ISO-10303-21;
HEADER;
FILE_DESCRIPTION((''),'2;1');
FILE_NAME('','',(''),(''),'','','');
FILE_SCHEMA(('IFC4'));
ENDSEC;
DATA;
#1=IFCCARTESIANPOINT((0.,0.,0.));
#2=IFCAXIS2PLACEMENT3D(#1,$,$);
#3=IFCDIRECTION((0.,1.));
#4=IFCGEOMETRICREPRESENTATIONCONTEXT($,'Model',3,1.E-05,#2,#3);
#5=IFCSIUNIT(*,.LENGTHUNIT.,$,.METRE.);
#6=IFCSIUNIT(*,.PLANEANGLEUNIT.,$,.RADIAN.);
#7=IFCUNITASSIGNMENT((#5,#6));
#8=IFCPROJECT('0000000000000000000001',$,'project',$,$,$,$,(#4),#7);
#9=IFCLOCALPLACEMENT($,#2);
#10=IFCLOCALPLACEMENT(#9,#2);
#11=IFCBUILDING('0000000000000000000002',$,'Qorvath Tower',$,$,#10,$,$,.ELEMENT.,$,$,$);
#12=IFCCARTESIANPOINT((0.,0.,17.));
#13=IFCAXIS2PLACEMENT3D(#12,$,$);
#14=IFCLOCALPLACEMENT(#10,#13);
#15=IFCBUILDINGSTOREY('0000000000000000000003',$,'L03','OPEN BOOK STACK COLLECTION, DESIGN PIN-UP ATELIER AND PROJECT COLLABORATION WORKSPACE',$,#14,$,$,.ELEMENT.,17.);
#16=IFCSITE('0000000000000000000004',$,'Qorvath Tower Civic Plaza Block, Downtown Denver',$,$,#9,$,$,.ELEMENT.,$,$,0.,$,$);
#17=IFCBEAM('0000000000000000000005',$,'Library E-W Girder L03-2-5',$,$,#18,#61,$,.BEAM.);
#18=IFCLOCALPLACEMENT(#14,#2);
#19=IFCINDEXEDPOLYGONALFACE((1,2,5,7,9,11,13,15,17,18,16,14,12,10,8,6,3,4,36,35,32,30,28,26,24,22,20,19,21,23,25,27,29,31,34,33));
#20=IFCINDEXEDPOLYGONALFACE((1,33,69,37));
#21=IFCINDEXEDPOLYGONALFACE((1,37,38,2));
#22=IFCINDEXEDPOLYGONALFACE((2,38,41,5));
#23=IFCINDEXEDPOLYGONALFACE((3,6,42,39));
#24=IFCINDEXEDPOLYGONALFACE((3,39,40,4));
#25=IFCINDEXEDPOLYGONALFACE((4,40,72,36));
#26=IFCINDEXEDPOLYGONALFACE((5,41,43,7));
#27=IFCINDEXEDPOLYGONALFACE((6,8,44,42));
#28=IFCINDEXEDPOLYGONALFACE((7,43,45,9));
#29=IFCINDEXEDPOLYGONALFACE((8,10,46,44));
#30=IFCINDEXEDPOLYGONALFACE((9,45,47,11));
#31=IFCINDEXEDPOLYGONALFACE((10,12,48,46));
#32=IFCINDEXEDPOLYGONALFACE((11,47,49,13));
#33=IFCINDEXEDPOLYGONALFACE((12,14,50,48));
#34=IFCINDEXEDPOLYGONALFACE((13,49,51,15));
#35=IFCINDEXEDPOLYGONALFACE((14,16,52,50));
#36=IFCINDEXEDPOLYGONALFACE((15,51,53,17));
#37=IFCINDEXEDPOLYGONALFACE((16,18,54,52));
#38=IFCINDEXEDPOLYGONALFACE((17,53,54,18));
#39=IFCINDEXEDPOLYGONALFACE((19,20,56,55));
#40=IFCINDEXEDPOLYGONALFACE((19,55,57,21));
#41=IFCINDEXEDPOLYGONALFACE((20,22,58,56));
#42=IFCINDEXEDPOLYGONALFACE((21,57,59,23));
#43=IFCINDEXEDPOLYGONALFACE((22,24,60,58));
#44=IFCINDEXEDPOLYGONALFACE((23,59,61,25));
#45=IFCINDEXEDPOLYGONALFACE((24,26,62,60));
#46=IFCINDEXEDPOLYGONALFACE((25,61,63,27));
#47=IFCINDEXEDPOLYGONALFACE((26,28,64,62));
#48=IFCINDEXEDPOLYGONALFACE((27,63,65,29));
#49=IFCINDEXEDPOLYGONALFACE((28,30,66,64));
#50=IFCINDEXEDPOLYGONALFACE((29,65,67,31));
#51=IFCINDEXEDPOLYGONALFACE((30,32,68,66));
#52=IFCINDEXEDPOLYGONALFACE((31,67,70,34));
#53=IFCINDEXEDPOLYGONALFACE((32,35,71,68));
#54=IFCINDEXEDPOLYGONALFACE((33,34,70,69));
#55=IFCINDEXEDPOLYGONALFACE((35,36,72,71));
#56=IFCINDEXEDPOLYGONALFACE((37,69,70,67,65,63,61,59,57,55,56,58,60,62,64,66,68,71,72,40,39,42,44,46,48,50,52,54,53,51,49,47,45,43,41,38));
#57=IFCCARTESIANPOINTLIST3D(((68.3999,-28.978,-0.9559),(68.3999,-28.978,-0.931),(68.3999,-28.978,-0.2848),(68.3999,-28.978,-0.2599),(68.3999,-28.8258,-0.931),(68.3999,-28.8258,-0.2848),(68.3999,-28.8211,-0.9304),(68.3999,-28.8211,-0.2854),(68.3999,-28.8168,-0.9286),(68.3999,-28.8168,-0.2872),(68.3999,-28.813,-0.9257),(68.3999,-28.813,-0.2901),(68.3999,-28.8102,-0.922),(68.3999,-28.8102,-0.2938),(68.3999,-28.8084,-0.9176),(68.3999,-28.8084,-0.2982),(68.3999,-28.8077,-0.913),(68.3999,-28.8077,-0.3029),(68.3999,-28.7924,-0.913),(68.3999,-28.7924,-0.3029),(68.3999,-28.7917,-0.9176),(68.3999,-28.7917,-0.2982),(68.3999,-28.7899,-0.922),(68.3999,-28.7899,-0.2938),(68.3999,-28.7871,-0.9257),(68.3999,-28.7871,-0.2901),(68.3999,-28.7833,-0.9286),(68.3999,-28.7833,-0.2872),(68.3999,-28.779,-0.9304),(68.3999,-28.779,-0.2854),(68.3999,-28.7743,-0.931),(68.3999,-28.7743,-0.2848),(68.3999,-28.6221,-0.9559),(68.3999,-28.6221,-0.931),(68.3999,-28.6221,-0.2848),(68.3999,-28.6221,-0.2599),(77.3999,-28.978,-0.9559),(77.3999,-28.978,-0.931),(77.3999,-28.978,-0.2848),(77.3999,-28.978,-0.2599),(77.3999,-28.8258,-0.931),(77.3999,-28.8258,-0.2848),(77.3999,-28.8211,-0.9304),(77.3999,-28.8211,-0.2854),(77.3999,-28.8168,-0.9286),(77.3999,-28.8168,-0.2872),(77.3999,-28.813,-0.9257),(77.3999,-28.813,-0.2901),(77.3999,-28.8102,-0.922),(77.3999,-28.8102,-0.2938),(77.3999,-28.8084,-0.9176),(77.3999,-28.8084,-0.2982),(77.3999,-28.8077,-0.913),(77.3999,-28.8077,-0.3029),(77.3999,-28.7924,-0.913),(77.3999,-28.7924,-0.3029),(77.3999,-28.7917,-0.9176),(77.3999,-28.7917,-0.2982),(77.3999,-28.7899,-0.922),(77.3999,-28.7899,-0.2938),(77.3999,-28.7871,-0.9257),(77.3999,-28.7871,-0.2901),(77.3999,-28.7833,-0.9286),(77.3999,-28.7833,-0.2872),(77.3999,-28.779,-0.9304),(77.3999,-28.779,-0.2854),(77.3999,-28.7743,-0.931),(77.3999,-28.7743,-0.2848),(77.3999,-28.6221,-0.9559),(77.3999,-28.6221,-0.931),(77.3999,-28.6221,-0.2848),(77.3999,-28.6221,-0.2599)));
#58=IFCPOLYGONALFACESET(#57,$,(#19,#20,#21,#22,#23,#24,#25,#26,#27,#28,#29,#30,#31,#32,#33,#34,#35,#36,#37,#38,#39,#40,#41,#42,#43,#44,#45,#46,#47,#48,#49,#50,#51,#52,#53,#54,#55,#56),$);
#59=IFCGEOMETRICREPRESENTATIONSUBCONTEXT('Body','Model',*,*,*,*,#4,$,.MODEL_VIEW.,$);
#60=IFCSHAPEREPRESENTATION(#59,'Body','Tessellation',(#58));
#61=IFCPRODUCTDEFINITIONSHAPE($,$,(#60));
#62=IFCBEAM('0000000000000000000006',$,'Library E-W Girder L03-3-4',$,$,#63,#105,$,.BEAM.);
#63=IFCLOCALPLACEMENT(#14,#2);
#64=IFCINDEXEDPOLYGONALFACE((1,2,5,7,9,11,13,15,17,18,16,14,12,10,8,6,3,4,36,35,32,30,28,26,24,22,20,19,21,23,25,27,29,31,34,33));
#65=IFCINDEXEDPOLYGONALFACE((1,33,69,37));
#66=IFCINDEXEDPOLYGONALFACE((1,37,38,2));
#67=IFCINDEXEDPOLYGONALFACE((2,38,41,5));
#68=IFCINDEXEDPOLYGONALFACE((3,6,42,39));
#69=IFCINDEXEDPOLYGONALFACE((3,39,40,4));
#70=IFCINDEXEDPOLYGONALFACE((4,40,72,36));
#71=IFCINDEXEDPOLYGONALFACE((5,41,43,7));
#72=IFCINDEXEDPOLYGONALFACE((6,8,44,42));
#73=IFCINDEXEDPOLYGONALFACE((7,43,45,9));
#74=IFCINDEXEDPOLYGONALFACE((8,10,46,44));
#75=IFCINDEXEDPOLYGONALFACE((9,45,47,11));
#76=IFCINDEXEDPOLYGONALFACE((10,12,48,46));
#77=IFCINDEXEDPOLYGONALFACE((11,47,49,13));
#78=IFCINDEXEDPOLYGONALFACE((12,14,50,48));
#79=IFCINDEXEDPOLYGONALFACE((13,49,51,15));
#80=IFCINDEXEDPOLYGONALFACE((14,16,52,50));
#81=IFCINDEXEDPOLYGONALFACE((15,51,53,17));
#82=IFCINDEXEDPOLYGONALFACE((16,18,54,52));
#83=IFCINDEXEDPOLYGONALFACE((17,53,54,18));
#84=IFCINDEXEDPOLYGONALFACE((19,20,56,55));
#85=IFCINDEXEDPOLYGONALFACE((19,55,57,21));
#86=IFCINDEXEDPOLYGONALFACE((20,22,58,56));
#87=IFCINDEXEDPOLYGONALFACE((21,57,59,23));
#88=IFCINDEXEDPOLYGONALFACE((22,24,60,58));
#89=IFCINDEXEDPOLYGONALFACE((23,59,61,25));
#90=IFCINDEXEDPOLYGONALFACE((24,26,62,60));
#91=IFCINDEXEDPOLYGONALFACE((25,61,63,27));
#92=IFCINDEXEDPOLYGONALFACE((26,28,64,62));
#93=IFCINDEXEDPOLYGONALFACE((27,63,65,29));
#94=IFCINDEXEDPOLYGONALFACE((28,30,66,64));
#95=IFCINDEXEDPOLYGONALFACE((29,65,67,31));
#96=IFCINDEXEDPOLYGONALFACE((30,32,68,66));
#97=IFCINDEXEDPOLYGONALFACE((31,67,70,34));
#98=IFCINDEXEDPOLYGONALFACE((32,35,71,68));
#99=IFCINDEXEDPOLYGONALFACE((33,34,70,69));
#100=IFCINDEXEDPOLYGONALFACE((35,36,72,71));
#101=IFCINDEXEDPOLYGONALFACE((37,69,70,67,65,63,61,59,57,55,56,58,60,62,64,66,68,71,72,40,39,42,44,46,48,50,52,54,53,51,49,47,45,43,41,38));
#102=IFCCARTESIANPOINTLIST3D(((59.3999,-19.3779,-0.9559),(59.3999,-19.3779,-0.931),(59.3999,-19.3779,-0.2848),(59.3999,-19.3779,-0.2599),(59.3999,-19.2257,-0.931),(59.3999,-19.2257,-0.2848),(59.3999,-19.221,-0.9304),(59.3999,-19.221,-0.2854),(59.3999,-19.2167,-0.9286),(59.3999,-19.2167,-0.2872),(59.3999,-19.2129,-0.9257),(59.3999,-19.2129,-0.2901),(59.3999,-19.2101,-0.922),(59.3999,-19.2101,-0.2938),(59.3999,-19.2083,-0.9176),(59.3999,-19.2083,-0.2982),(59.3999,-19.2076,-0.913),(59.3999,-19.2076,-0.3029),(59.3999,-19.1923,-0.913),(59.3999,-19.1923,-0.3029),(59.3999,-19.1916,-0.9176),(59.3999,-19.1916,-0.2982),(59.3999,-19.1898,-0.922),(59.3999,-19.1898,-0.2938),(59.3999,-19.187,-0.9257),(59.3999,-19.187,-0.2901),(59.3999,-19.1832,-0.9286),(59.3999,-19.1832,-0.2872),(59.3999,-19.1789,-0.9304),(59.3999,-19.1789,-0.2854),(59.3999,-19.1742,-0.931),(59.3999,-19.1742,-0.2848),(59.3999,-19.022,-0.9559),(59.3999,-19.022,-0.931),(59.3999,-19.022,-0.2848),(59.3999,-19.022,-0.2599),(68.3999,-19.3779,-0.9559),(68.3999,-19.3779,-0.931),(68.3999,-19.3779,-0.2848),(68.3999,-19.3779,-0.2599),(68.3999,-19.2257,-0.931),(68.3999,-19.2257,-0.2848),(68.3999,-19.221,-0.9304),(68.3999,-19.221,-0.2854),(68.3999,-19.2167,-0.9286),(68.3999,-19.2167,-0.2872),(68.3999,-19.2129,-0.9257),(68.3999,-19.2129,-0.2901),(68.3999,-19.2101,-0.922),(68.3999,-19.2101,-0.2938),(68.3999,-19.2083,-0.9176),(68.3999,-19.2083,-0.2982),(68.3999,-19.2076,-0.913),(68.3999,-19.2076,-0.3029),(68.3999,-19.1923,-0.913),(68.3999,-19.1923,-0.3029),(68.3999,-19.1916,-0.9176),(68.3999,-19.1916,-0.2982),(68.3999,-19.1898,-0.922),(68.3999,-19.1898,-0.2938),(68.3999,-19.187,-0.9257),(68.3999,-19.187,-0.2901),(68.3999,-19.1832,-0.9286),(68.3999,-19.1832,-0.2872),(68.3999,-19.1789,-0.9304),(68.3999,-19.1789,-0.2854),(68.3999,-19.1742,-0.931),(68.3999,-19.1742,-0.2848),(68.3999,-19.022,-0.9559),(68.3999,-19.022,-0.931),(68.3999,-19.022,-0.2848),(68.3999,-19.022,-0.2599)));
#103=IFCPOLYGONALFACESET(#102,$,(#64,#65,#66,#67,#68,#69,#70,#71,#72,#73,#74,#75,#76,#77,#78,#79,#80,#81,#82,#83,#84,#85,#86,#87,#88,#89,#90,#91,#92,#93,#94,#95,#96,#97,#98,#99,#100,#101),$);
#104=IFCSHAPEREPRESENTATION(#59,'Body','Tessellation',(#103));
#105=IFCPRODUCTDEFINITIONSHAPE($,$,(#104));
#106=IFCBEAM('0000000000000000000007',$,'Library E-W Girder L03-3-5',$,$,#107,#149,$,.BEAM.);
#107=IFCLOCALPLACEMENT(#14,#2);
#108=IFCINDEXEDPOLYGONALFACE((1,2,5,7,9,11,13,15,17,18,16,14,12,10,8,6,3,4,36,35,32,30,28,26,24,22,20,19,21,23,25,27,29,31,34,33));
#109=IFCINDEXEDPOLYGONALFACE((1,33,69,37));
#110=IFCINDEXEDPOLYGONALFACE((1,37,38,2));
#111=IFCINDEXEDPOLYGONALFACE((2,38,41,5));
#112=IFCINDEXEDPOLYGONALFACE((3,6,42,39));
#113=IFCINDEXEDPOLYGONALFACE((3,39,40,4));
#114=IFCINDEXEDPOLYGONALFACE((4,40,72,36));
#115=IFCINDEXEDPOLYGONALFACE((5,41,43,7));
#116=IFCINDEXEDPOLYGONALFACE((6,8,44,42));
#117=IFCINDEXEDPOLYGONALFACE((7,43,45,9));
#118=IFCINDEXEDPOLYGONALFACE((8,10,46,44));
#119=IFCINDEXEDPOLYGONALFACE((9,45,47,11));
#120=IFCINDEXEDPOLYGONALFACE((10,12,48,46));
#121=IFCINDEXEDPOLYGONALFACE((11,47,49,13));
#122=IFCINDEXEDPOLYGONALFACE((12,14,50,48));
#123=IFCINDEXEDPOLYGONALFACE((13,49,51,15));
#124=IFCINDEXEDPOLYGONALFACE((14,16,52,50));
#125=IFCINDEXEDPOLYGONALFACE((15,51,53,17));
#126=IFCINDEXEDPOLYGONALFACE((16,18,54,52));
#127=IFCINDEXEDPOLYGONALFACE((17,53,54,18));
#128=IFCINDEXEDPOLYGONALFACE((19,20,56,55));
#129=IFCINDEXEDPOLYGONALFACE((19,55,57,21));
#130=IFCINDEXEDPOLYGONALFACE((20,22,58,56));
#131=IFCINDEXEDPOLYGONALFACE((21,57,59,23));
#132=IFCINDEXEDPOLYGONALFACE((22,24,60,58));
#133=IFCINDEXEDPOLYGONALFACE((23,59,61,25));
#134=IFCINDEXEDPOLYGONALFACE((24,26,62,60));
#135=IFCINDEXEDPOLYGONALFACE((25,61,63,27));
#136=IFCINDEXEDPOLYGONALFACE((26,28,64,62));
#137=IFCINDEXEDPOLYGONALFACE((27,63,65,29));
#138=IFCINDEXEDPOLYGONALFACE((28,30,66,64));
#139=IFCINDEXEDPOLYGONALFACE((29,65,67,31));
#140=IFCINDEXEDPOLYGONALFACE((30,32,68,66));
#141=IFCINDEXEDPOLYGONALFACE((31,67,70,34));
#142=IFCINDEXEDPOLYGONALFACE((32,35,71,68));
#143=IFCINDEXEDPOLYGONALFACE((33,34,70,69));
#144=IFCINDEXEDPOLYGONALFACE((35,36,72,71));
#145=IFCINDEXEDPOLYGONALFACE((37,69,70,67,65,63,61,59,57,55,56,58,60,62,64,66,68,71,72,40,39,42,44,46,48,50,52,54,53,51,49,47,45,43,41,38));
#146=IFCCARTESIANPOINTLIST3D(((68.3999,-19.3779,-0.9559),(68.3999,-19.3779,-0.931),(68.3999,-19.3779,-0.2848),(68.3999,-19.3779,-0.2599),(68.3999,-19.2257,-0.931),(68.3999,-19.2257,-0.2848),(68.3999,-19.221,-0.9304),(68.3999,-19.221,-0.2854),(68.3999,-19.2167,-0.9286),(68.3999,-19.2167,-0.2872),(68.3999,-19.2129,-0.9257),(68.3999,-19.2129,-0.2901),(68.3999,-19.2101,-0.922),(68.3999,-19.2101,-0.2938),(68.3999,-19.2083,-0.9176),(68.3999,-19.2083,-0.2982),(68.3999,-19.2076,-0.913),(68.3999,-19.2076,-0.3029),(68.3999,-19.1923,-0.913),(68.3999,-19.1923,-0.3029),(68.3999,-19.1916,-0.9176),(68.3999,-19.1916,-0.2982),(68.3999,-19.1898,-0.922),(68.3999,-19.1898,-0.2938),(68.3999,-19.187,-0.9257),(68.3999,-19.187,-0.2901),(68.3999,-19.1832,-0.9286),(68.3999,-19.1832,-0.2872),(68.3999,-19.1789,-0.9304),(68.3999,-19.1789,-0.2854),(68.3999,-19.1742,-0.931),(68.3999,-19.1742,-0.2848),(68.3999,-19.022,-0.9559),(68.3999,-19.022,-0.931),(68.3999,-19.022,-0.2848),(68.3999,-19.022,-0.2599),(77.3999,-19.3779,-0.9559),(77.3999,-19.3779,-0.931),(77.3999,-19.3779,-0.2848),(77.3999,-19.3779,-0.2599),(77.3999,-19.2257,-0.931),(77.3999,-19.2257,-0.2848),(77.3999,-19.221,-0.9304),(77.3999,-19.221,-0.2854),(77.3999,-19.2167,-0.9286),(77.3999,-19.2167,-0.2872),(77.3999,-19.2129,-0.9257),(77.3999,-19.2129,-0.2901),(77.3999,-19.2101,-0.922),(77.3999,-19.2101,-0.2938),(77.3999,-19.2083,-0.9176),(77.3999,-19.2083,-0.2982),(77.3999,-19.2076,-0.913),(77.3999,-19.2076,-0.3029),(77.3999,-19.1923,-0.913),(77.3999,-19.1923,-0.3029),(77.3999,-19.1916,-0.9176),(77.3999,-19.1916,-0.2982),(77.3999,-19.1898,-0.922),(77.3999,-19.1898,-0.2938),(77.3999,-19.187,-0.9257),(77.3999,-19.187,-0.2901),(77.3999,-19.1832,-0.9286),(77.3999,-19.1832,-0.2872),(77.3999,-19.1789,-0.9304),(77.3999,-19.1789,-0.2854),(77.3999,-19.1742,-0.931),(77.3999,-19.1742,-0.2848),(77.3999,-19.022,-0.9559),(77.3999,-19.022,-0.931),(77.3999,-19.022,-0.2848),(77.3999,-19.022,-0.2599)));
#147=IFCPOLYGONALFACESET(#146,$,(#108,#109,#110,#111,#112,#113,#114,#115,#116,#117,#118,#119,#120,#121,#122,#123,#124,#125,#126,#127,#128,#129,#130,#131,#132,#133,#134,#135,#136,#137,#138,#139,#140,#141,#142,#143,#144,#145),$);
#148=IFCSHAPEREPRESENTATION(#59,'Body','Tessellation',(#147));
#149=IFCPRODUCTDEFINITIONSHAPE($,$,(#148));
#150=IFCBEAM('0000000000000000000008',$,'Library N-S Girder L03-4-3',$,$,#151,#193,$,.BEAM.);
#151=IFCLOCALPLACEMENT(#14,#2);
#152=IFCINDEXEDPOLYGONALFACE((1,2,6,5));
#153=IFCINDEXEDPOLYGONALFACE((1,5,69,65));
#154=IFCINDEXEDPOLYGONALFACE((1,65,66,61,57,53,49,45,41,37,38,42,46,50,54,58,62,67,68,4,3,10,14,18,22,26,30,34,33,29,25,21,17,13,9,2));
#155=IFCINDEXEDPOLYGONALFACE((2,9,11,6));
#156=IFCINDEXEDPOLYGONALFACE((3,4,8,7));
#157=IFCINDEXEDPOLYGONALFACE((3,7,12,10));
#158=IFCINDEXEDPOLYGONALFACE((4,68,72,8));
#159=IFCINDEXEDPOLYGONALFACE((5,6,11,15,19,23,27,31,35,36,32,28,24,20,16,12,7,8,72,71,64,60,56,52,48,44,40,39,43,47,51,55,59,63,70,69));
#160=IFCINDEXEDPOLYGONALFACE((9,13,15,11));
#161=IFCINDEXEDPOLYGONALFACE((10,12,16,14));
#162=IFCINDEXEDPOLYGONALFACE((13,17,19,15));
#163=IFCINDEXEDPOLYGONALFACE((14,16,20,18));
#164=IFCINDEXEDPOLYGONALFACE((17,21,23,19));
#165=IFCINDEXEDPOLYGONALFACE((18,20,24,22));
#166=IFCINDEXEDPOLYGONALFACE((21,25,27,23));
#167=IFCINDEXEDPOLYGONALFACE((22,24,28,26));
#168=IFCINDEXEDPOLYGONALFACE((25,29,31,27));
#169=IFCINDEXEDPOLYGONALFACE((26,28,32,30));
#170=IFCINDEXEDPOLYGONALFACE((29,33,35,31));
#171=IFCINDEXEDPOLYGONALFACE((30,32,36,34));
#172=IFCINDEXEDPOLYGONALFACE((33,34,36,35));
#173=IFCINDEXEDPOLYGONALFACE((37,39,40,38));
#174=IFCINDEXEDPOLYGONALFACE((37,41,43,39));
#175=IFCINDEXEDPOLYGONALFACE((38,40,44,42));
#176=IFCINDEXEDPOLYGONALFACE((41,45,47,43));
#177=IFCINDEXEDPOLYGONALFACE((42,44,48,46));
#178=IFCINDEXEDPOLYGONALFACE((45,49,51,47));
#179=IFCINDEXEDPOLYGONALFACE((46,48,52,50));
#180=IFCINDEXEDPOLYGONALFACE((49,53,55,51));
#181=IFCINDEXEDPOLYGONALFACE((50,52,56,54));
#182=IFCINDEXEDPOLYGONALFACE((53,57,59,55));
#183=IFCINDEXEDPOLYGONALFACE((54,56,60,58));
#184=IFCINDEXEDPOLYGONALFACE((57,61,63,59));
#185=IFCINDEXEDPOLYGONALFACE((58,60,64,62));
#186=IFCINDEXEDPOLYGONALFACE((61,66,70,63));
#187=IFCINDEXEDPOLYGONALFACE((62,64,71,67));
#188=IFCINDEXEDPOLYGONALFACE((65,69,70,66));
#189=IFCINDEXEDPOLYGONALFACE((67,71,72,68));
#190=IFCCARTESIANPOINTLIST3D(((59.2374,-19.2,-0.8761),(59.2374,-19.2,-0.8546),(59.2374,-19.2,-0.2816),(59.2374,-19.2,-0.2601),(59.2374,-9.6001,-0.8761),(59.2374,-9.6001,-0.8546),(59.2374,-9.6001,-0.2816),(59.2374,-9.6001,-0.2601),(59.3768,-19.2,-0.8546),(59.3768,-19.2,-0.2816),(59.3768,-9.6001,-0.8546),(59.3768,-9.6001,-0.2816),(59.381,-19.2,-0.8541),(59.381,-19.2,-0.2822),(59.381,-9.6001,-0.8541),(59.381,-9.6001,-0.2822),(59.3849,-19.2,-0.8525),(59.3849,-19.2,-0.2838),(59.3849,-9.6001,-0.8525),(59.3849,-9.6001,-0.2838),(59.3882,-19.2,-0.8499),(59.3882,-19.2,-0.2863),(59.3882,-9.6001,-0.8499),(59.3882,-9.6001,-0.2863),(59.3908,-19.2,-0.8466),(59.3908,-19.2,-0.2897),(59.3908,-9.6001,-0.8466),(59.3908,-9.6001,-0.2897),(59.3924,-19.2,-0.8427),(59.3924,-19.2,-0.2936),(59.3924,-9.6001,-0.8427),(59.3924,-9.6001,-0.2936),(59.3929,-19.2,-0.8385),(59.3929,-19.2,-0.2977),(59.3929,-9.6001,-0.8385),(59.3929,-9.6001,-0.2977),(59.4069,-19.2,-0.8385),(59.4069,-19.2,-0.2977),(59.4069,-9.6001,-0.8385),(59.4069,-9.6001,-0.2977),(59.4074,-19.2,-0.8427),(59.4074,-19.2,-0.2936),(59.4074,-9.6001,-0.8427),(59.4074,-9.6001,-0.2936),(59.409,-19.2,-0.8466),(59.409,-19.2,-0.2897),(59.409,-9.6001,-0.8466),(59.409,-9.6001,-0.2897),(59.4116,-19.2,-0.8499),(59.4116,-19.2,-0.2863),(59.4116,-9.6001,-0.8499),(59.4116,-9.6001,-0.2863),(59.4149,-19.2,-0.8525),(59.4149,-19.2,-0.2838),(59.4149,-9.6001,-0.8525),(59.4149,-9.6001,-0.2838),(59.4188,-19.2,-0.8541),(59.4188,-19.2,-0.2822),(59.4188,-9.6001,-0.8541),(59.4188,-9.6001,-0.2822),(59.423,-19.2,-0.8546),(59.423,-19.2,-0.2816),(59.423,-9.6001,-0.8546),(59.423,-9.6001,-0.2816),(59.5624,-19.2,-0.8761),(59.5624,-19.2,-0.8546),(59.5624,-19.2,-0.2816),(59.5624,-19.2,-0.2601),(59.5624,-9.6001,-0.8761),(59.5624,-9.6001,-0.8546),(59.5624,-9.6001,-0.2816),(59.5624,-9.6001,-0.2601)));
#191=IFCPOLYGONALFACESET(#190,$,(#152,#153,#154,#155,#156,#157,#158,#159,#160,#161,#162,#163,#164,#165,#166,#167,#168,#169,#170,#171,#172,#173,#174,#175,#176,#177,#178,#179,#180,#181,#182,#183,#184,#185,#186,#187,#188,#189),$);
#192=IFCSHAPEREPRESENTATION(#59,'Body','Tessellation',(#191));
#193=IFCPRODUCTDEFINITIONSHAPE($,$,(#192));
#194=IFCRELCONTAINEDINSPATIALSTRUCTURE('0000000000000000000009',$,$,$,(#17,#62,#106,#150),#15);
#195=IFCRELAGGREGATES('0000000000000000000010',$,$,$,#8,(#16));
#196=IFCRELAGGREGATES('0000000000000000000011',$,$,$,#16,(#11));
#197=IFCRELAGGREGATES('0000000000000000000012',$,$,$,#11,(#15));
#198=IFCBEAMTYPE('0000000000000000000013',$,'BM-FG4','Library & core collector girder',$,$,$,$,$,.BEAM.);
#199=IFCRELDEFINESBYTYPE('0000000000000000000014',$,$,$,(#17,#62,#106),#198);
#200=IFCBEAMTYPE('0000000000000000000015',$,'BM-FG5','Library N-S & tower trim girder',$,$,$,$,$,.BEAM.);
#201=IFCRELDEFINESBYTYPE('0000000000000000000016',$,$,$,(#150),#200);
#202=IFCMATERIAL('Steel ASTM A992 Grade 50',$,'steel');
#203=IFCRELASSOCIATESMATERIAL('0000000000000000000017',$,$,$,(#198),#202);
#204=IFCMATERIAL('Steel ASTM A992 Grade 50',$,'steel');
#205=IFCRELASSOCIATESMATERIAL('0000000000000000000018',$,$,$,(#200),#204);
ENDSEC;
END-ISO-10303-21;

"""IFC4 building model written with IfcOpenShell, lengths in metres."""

from ifc_helpers import new_model, si_unit, direction, frame, origin, origin_2d, place, context, subcontext, project, spatial, i_section, extrude, material, material_profile, profile_set, type_object, element, save


model = new_model("IFC4")

# Units and contexts
model_context = context("Model", 3, precision=1e-05, world=origin(), true_north=direction((0.0, 1.0)))
body_context = subcontext(model_context, "Body", "Model", "MODEL_VIEW")
ifc_project = project(units=[si_unit("LENGTHUNIT", "METRE"), si_unit("PLANEANGLEUNIT", "RADIAN")], contexts=[model_context])

# Site, building, storey
site_placement = place(None, origin())
site = spatial("IfcSite", under=ifc_project, at=site_placement, Name="Qorvath Tower Civic Plaza Block, Downtown Denver", CompositionType="ELEMENT", RefElevation=0.0)
building_placement = place(site_placement, origin())
building = spatial("IfcBuilding", under=site, at=building_placement, Name="Qorvath Tower", CompositionType="ELEMENT")
storey_placement = place(building_placement, frame((0.0, 0.0, 17.0)))
storey = spatial("IfcBuildingStorey", under=building, at=storey_placement, Name="L03", Description="OPEN BOOK STACK COLLECTION, DESIGN PIN-UP ATELIER AND PROJECT COLLABORATION WORKSPACE", CompositionType="ELEMENT", Elevation=17.0)

# Beams
ifc_material_1 = material(Name="Steel ASTM A992 Grade 50", Category="steel")
ifc_material_profile_1 = material_profile(ifc_material_1, i_section(OverallWidth=0.356, OverallDepth=0.696, WebThickness=0.0154, FlangeThickness=0.0249, FilletRadius=0.0181, at=origin_2d()), Name="W27x146")
ifc_profile_set_1 = profile_set([ifc_material_profile_1], Name="Steel ASTM A992 Grade 50")
beam_type_1 = type_object("IfcBeamType", Name="BM-FG4", Description="Library & core collector girder", PredefinedType="BEAM", material=ifc_profile_set_1)
for number, where, z_axis, x_axis, name in (
    (1, (68.3999, -28.8, -0.6079), (1.0, 0.0, 0.0), (0.0, 1.0, 0.0), "Library E-W Girder L03-2-5"),
    (2, (59.3999, -19.2, -0.6079), (1.0, 0.0, 0.0), (0.0, 1.0, 0.0), "Library E-W Girder L03-3-4"),
    (3, (68.3999, -19.2, -0.6079), (1.0, 0.0, 0.0), (0.0, 1.0, 0.0), "Library E-W Girder L03-3-5"),
):
    element("IfcBeam", number, at=place(storey_placement, frame(where, z_axis=z_axis, x_axis=x_axis)), inside=storey, type_object=beam_type_1, Name=name, PredefinedType="BEAM", context=body_context, shape_type="SweptSolid", body=[
        extrude(i_section(OverallWidth=0.356, OverallDepth=0.696, WebThickness=0.0154, FlangeThickness=0.0249, FilletRadius=0.0181, at=origin_2d()), origin(), (0.0, 0.0, 1.0), 9.0),
    ])
ifc_material_2 = material(Name="Steel ASTM A992 Grade 50", Category="steel")
ifc_material_profile_2 = material_profile(ifc_material_2, i_section(OverallWidth=0.325, OverallDepth=0.616, WebThickness=0.0139, FlangeThickness=0.0215, FilletRadius=0.0161, at=origin_2d()), Name="W24x117")
ifc_profile_set_2 = profile_set([ifc_material_profile_2], Name="Steel ASTM A992 Grade 50")
beam_type_2 = type_object("IfcBeamType", Name="BM-FG5", Description="Library N-S & tower trim girder", PredefinedType="BEAM", material=ifc_profile_set_2)
beam_1_placement = place(storey_placement, frame((59.3999, -19.2, -0.5681), z_axis=(0.0, 1.0, 0.0), x_axis=(-1.0, 0.0, 0.0)))
element("IfcBeam", 4, at=beam_1_placement, inside=storey, type_object=beam_type_2, Name="Library N-S Girder L03-4-3", PredefinedType="BEAM", context=body_context, shape_type="SweptSolid", body=[
    extrude(i_section(OverallWidth=0.325, OverallDepth=0.616, WebThickness=0.0139, FlangeThickness=0.0215, FilletRadius=0.0161, at=origin_2d()), origin(), (0.0, 0.0, 1.0), 9.5999),
])

save(model, "model.ifc")
